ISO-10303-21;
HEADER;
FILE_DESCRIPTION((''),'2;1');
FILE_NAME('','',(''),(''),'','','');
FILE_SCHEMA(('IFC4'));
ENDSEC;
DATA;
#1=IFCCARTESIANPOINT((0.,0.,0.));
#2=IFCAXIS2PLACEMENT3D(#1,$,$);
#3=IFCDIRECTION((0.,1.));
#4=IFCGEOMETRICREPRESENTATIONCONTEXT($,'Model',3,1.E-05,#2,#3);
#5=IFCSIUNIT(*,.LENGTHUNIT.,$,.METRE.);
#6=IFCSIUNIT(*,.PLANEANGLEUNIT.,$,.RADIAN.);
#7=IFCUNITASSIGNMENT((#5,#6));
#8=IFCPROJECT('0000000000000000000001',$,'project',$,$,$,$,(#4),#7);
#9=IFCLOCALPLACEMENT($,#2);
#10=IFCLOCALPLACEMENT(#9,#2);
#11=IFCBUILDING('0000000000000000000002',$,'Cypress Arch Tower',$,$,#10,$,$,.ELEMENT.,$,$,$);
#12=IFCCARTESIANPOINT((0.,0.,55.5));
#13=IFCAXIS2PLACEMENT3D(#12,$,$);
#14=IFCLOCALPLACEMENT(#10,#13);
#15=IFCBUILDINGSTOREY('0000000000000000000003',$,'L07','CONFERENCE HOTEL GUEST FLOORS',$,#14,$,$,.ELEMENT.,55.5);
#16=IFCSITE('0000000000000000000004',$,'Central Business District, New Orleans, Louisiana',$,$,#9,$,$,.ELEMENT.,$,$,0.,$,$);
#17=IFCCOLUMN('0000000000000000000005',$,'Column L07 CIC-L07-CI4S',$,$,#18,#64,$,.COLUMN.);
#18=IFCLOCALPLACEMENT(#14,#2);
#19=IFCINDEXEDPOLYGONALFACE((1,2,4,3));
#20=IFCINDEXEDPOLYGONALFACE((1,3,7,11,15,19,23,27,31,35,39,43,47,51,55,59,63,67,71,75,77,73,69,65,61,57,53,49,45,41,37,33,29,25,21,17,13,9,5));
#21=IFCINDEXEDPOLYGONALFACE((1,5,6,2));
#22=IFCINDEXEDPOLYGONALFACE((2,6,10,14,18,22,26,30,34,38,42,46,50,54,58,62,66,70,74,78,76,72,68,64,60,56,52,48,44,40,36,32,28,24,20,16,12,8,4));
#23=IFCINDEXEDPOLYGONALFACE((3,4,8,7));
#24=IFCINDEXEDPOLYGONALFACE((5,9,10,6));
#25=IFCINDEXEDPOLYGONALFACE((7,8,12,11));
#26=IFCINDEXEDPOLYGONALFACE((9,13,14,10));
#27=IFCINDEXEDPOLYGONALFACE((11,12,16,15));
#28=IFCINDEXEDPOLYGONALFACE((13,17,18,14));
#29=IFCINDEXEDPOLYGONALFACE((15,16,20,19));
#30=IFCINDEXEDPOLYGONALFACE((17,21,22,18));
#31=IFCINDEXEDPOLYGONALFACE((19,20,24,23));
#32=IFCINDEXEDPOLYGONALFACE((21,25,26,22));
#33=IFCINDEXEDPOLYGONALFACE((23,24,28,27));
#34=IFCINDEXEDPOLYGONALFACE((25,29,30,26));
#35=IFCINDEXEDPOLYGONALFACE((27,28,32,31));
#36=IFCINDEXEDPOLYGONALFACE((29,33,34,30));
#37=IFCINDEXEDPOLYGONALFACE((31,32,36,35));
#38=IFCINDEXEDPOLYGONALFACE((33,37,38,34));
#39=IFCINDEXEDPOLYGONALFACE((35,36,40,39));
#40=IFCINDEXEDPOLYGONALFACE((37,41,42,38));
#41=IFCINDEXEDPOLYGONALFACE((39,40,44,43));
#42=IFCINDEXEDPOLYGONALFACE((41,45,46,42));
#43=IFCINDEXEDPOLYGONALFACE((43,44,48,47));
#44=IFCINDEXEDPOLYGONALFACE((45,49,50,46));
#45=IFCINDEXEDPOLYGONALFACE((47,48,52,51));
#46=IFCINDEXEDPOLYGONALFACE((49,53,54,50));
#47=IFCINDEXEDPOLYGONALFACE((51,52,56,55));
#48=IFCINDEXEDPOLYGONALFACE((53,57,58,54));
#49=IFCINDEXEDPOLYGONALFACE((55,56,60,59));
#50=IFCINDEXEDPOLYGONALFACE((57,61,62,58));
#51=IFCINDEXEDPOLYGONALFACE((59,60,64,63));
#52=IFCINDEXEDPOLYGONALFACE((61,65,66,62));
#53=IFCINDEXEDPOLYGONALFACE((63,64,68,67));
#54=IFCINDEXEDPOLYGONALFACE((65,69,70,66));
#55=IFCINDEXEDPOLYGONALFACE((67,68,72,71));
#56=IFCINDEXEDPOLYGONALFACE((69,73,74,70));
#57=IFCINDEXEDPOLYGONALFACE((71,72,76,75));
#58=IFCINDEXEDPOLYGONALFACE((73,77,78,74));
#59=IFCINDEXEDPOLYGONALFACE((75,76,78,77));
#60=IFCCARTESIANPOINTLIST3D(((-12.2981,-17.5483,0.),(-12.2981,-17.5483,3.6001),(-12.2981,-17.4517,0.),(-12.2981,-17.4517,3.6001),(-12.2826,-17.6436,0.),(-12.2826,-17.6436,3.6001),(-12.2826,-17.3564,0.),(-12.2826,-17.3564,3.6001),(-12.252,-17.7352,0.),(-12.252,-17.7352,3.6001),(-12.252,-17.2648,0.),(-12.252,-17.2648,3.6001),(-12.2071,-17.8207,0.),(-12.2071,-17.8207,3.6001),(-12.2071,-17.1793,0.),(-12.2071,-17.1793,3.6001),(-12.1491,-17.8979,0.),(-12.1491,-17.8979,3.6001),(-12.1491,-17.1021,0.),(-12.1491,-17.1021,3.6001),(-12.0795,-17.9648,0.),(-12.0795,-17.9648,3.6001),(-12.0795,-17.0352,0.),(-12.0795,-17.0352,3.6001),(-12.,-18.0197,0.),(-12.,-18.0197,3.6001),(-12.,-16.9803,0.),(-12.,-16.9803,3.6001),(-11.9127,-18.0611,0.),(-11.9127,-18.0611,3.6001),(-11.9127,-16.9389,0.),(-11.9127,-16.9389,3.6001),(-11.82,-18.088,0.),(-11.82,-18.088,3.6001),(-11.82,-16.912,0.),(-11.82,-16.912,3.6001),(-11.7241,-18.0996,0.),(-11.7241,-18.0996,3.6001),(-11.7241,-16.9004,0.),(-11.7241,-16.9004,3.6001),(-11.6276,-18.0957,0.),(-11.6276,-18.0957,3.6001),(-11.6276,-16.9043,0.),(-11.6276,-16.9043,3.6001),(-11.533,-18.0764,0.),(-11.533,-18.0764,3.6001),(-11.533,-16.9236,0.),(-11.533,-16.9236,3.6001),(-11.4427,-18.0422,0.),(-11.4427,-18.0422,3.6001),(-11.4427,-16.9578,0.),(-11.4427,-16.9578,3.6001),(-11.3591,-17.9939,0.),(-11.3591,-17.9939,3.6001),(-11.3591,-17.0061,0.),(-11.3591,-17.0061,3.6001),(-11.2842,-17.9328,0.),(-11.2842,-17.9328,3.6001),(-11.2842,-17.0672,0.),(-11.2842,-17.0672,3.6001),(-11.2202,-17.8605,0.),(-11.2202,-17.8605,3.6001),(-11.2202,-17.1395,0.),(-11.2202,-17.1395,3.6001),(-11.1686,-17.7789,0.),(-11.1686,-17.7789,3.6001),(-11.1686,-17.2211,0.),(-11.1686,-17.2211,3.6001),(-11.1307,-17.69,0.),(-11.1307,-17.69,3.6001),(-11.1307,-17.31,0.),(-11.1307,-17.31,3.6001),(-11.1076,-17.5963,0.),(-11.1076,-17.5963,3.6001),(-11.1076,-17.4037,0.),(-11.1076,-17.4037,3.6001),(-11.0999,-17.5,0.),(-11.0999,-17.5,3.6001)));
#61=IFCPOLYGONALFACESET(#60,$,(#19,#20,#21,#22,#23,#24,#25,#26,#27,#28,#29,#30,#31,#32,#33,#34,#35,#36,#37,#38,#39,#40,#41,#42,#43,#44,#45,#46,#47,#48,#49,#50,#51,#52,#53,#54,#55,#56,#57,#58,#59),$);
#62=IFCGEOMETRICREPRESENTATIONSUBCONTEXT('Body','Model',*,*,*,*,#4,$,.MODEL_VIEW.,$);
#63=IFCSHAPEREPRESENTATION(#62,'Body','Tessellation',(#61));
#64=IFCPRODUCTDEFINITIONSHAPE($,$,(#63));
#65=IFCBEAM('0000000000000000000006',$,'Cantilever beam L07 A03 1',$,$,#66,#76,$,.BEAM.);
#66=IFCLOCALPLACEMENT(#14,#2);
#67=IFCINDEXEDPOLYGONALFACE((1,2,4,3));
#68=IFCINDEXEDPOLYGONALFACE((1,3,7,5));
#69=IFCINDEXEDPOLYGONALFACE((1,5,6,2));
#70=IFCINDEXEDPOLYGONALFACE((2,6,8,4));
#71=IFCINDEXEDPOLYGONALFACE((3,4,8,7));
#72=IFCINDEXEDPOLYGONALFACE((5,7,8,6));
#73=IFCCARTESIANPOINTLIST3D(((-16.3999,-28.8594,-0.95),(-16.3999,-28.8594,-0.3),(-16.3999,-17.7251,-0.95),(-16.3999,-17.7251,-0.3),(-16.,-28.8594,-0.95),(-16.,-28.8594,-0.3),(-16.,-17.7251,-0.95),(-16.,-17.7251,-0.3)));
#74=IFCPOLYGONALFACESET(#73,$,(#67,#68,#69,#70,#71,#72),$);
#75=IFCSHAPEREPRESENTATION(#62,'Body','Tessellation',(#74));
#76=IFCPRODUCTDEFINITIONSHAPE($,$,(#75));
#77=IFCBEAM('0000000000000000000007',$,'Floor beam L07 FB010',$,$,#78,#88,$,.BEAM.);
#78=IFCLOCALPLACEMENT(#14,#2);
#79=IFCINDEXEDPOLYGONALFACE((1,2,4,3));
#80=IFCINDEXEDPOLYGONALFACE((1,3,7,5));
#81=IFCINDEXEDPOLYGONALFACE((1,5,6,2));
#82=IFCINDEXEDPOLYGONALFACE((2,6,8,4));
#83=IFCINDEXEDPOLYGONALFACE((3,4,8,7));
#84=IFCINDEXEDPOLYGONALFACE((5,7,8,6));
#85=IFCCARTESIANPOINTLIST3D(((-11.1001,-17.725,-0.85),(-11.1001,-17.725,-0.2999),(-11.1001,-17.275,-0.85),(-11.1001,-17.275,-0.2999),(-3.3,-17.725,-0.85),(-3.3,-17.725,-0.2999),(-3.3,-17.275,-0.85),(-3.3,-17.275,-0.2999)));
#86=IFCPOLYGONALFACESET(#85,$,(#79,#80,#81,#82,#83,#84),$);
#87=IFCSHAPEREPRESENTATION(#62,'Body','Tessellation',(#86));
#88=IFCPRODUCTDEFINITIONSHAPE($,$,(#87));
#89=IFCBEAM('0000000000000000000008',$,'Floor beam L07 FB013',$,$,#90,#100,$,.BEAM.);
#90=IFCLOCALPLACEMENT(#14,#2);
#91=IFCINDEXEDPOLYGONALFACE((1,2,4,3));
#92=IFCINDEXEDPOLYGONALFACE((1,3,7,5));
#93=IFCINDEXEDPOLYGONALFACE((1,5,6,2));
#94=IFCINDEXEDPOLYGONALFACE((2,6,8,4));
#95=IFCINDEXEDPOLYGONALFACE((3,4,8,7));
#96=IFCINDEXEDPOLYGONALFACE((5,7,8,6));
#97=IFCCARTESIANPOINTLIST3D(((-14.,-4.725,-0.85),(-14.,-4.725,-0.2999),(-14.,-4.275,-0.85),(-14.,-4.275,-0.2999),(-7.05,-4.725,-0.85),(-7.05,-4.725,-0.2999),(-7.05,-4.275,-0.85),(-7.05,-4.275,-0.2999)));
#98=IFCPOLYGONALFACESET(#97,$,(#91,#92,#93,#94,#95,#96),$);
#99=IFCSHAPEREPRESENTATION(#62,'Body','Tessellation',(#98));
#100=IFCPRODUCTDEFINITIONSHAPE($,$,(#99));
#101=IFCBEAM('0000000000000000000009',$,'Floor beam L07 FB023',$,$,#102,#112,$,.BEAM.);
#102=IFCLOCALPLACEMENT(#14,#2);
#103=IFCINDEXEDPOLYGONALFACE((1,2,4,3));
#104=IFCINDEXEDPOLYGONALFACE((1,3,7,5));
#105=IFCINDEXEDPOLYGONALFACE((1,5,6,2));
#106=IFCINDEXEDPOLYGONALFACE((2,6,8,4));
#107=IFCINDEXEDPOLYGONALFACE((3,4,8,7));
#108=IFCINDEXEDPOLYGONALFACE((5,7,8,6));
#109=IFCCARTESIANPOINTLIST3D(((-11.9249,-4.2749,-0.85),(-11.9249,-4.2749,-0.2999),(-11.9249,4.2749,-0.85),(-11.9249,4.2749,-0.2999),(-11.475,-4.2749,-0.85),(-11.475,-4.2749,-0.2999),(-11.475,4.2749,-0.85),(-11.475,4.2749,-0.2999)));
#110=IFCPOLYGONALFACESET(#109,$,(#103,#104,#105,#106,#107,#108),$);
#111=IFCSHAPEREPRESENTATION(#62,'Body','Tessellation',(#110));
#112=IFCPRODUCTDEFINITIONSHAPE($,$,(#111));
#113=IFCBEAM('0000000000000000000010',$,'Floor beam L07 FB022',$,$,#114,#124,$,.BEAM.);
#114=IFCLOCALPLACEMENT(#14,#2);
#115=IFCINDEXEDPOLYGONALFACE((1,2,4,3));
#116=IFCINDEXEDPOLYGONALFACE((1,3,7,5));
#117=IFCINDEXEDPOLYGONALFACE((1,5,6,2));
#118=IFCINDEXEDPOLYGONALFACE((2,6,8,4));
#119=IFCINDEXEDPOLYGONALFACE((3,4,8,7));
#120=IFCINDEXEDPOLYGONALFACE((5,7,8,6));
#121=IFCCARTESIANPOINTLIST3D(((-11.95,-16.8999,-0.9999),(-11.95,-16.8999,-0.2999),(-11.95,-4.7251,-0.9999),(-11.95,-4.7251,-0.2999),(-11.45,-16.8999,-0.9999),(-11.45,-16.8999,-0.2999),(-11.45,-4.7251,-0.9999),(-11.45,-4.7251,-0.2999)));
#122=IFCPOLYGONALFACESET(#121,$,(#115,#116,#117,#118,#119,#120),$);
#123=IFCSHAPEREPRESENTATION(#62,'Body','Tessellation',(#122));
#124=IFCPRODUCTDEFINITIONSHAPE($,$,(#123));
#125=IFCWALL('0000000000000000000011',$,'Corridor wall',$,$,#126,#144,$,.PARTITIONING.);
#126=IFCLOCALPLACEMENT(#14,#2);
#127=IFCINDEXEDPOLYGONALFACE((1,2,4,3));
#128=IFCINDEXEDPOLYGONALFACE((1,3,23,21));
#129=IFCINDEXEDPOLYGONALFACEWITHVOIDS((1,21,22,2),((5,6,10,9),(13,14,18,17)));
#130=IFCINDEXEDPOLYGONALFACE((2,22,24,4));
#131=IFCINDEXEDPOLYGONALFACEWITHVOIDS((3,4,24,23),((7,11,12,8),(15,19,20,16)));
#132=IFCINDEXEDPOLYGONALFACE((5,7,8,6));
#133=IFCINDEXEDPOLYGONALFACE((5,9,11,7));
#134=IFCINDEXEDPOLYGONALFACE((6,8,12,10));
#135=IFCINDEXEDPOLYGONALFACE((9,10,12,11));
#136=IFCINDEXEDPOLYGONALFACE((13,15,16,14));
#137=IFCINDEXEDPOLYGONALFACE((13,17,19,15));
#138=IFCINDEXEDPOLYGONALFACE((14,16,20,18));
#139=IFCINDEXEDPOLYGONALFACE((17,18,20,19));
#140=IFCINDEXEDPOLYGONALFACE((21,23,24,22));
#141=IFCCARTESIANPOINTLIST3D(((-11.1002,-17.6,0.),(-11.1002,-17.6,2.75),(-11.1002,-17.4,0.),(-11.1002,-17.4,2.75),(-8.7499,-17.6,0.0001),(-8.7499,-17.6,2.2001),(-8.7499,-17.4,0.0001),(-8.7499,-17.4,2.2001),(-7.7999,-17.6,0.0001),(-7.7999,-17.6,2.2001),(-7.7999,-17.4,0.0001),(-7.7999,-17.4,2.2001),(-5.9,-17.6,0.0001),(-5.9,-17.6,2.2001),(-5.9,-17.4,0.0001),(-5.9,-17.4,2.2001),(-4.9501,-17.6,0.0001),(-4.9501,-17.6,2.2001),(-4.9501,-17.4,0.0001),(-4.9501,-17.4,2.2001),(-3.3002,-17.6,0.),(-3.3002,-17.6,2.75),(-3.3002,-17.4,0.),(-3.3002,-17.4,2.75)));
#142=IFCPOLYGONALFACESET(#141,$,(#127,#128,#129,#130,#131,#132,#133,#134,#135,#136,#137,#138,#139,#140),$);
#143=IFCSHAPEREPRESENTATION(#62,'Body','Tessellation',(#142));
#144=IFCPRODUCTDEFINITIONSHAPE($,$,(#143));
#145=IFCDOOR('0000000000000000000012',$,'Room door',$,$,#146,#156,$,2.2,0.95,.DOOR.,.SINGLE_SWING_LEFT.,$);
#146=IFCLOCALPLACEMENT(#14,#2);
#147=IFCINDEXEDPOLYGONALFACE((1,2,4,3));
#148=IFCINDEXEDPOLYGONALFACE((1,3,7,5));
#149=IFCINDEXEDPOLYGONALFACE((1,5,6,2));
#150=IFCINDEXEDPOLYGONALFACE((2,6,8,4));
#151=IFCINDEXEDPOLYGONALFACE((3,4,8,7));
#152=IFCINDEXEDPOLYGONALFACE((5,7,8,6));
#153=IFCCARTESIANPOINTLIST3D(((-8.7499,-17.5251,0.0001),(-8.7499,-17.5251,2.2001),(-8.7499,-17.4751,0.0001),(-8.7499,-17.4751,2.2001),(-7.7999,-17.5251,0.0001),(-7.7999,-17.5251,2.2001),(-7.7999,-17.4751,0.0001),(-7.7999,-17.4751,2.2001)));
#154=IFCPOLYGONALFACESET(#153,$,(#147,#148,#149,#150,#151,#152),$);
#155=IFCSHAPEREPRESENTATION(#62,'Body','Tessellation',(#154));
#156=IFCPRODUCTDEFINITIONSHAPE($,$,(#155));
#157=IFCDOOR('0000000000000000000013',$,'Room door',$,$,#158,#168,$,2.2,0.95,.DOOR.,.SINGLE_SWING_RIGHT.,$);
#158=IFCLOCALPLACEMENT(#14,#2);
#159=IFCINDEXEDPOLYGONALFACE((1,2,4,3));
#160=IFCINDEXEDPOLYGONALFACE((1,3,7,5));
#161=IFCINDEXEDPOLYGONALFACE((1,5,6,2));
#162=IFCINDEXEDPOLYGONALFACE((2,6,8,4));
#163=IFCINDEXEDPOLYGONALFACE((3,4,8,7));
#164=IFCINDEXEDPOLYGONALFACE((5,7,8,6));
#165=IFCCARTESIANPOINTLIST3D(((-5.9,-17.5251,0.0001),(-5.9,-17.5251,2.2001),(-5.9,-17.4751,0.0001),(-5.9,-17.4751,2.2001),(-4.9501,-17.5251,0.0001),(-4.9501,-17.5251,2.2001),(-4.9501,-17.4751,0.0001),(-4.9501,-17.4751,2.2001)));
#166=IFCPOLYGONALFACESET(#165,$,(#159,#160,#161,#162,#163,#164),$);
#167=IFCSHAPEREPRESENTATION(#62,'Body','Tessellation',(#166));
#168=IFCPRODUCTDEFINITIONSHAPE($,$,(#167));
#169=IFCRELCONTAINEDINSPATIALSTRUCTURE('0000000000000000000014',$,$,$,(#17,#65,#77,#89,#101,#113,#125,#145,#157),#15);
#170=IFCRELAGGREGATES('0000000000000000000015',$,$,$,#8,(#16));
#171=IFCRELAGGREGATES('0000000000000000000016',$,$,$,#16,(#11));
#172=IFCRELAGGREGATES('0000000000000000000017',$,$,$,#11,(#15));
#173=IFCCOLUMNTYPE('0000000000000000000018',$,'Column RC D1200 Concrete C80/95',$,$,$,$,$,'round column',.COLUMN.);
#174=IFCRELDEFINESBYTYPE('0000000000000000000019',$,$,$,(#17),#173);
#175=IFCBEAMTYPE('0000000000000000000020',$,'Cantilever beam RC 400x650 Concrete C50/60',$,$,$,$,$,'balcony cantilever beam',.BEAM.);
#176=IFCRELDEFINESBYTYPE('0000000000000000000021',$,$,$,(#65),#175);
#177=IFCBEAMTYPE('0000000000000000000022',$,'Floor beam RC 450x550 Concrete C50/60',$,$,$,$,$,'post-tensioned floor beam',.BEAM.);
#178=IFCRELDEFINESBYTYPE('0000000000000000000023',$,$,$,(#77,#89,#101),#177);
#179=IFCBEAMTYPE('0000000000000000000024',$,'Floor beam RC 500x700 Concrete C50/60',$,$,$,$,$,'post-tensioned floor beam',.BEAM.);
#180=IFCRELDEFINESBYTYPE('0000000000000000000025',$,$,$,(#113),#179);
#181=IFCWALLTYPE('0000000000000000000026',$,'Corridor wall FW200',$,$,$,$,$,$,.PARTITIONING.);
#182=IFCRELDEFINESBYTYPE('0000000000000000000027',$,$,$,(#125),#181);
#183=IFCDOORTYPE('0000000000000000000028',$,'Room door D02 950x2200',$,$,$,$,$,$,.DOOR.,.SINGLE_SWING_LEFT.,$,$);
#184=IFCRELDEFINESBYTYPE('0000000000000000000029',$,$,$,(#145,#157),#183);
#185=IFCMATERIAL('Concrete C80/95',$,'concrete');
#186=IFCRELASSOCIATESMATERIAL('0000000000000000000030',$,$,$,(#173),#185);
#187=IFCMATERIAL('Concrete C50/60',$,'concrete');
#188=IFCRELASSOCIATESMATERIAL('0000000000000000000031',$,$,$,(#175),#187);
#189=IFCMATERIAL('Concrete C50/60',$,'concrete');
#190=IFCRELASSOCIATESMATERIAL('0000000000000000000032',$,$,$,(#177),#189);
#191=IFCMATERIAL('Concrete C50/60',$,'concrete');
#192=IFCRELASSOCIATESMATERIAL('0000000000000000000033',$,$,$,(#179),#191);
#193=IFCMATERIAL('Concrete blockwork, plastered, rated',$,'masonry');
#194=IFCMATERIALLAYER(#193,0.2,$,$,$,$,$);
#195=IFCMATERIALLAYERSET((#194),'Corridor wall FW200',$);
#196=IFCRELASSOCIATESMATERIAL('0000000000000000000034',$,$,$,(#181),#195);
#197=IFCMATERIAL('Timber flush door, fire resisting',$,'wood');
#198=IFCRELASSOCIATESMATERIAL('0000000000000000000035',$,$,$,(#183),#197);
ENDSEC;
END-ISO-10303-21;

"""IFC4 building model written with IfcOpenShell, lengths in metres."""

from ifc_helpers import new_model, si_unit, direction, frame, frame_2d, origin, origin_2d, place, context, subcontext, project, spatial, rectangle, circle, extrude, material, layer, layer_set, material_profile, profile_set, type_object, element, fill, save


model = new_model("IFC4")

# Units and contexts
model_context = context("Model", 3, precision=1e-05, world=origin(), true_north=direction((0.0, 1.0)))
body_context = subcontext(model_context, "Body", "Model", "MODEL_VIEW")
ifc_project = project(units=[si_unit("LENGTHUNIT", "METRE"), si_unit("PLANEANGLEUNIT", "RADIAN")], contexts=[model_context])

# Site, building, storey
site_placement = place(None, origin())
site = spatial("IfcSite", under=ifc_project, at=site_placement, Name="Central Business District, New Orleans, Louisiana", CompositionType="ELEMENT", RefElevation=0.0)
building_placement = place(site_placement, origin())
building = spatial("IfcBuilding", under=site, at=building_placement, Name="Cypress Arch Tower", CompositionType="ELEMENT")
storey_placement = place(building_placement, frame((0.0, 0.0, 55.5)))
storey = spatial("IfcBuildingStorey", under=building, at=storey_placement, Name="L07", Description="CONFERENCE HOTEL GUEST FLOORS", CompositionType="ELEMENT", Elevation=55.5)

# Column
ifc_material_1 = material(Name="Concrete C80/95", Category="concrete")
ifc_material_profile_1 = material_profile(ifc_material_1, circle(Radius=0.6001, at=origin_2d()), Name="RC D1200")
ifc_profile_set_1 = profile_set([ifc_material_profile_1], Name="Concrete C80/95")
column_type = type_object("IfcColumnType", Name="Column RC D1200 Concrete C80/95", ElementType="round column", PredefinedType="COLUMN", material=ifc_profile_set_1)
column_placement = place(storey_placement, frame((-11.7, -17.5, 0.0), z_axis=(0.0, 0.0, 1.0), x_axis=(1.0, 0.0, 0.0)))
element("IfcColumn", 1, at=column_placement, inside=storey, type_object=column_type, Name="Column L07 CIC-L07-CI4S", PredefinedType="COLUMN", context=body_context, shape_type="SweptSolid", body=[
    extrude(circle(Radius=0.6001, at=origin_2d()), origin(), (0.0, 0.0, 1.0), 3.6001),
])

# Beams
ifc_material_2 = material(Name="Concrete C50/60", Category="concrete")
ifc_material_profile_2 = material_profile(ifc_material_2, rectangle(XDim=0.3999, YDim=0.6499, at=origin_2d()), Name="RC 400x650")
ifc_profile_set_2 = profile_set([ifc_material_profile_2], Name="Concrete C50/60")
beam_type_1 = type_object("IfcBeamType", Name="Cantilever beam RC 400x650 Concrete C50/60", ElementType="balcony cantilever beam", PredefinedType="BEAM", material=ifc_profile_set_2)
beam_1_placement = place(storey_placement, frame((-16.2, -17.7251, -0.625), z_axis=(0.0, -1.0, 0.0), x_axis=(1.0, 0.0, 0.0)))
element("IfcBeam", 2, at=beam_1_placement, inside=storey, type_object=beam_type_1, Name="Cantilever beam L07 A03 1", PredefinedType="BEAM", context=body_context, shape_type="SweptSolid", body=[
    extrude(rectangle(XDim=0.3999, YDim=0.6499, at=origin_2d()), origin(), (0.0, 0.0, 1.0), 11.1343),
])
ifc_material_3 = material(Name="Concrete C50/60", Category="concrete")
ifc_material_profile_3 = material_profile(ifc_material_3, rectangle(XDim=0.45, YDim=0.55, at=origin_2d()), Name="RC 450x550")
ifc_profile_set_3 = profile_set([ifc_material_profile_3], Name="Concrete C50/60")
beam_type_2 = type_object("IfcBeamType", Name="Floor beam RC 450x550 Concrete C50/60", ElementType="post-tensioned floor beam", PredefinedType="BEAM", material=ifc_profile_set_3)
beam_2_placement = place(storey_placement, frame((-11.1001, -17.5, -0.575), z_axis=(1.0, 0.0, 0.0), x_axis=(0.0, 1.0, 0.0)))
element("IfcBeam", 3, at=beam_2_placement, inside=storey, type_object=beam_type_2, Name="Floor beam L07 FB010", PredefinedType="BEAM", context=body_context, shape_type="SweptSolid", body=[
    extrude(rectangle(XDim=0.45, YDim=0.55, at=origin_2d()), origin(), (0.0, 0.0, 1.0), 7.8),
])
beam_3_placement = place(storey_placement, frame((-14.0, -4.5, -0.575), z_axis=(1.0, 0.0, 0.0), x_axis=(0.0, 1.0, 0.0)))
element("IfcBeam", 4, at=beam_3_placement, inside=storey, type_object=beam_type_2, Name="Floor beam L07 FB013", PredefinedType="BEAM", context=body_context, shape_type="SweptSolid", body=[
    extrude(rectangle(XDim=0.45, YDim=0.55, at=origin_2d()), origin(), (0.0, 0.0, 1.0), 6.95),
])
beam_4_placement = place(storey_placement, frame((-11.7, -4.2749, -0.575), z_axis=(0.0, 1.0, 0.0), x_axis=(-1.0, 0.0, 0.0)))
element("IfcBeam", 5, at=beam_4_placement, inside=storey, type_object=beam_type_2, Name="Floor beam L07 FB023", PredefinedType="BEAM", context=body_context, shape_type="SweptSolid", body=[
    extrude(rectangle(XDim=0.45, YDim=0.55, at=origin_2d()), origin(), (0.0, 0.0, 1.0), 8.5498),
])
ifc_material_4 = material(Name="Concrete C50/60", Category="concrete")
ifc_material_profile_4 = material_profile(ifc_material_4, rectangle(XDim=0.5, YDim=0.7, at=origin_2d()), Name="RC 500x700")
ifc_profile_set_4 = profile_set([ifc_material_profile_4], Name="Concrete C50/60")
beam_type_3 = type_object("IfcBeamType", Name="Floor beam RC 500x700 Concrete C50/60", ElementType="post-tensioned floor beam", PredefinedType="BEAM", material=ifc_profile_set_4)
beam_5_placement = place(storey_placement, frame((-11.7, -16.8999, -0.6499), z_axis=(0.0, 1.0, 0.0), x_axis=(-1.0, 0.0, 0.0)))
element("IfcBeam", 6, at=beam_5_placement, inside=storey, type_object=beam_type_3, Name="Floor beam L07 FB022", PredefinedType="BEAM", context=body_context, shape_type="SweptSolid", body=[
    extrude(rectangle(XDim=0.5, YDim=0.7, at=origin_2d()), origin(), (0.0, 0.0, 1.0), 12.1748),
])

# Wall, openings, doors
ifc_material_5 = material(Name="Concrete blockwork, plastered, rated", Category="masonry")
ifc_layer_1 = layer(ifc_material_5, 0.2)
ifc_layer_set_1 = layer_set([ifc_layer_1], Name="Corridor wall FW200")
wall_type_1 = type_object("IfcWallType", Name="Corridor wall FW200", PredefinedType="PARTITIONING", material=ifc_layer_set_1)
wall_1_placement = place(storey_placement, frame((-11.1001, -17.5, 0.0), z_axis=(0.0, 0.0, 1.0), x_axis=(1.0, 0.0, 0.0)))
wall_1 = element("IfcWall", 7, at=wall_1_placement, inside=storey, type_object=wall_type_1, Name="Corridor wall", PredefinedType="PARTITIONING", context=body_context, shape_type="SweptSolid", body=[
    extrude(rectangle(XDim=7.8, YDim=0.2, at=frame_2d((3.8999, 0.0))), origin(), (0.0, 0.0, 1.0), 2.75),
])
opening_1_placement = place(wall_1_placement, frame((2.3501, 0.0, 0.0)))
opening_1 = element("IfcOpeningElement", 8, at=opening_1_placement, cuts=wall_1, PredefinedType="OPENING", context=body_context, shape_type="SweptSolid", body=[
    extrude(rectangle(XDim=0.95, YDim=2.2, at=frame_2d((0.4751, 1.1001))), frame((0.0, 0.1099, 0.0), z_axis=(0.0, -1.0, 0.0), x_axis=(1.0, 0.0, 0.0)), (0.0, 0.0, 1.0), 0.22),
])
opening_2_placement = place(wall_1_placement, frame((5.2, 0.0, 0.0)))
opening_2 = element("IfcOpeningElement", 9, at=opening_2_placement, cuts=wall_1, PredefinedType="OPENING", context=body_context, shape_type="SweptSolid", body=[
    extrude(rectangle(XDim=0.95, YDim=2.2, at=frame_2d((0.4751, 1.1001))), frame((0.0, 0.1099, 0.0), z_axis=(0.0, -1.0, 0.0), x_axis=(1.0, 0.0, 0.0)), (0.0, 0.0, 1.0), 0.22),
])
ifc_material_6 = material(Name="Timber flush door, fire resisting", Category="wood")
door_type_1 = type_object("IfcDoorType", Name="Room door D02 950x2200", OperationType="SINGLE_SWING_LEFT", PredefinedType="DOOR", material=ifc_material_6)
door_1_placement = place(opening_1_placement, origin())
door_1 = element("IfcDoor", 10, at=door_1_placement, inside=storey, type_object=door_type_1, Name="Room door", OperationType="SINGLE_SWING_LEFT", OverallHeight=2.2, OverallWidth=0.95, PredefinedType="DOOR", context=body_context, shape_type="SweptSolid", body=[
    extrude(rectangle(XDim=0.95, YDim=2.2, at=frame_2d((0.4751, 1.1001))), frame((0.0, 0.0249, 0.0), z_axis=(0.0, -1.0, 0.0), x_axis=(1.0, 0.0, 0.0)), (0.0, 0.0, 1.0), 0.05),
])
fill(opening_1, door_1)
door_2_placement = place(opening_2_placement, origin())
door_2 = element("IfcDoor", 11, at=door_2_placement, inside=storey, type_object=door_type_1, Name="Room door", OperationType="SINGLE_SWING_RIGHT", OverallHeight=2.2, OverallWidth=0.95, PredefinedType="DOOR", context=body_context, shape_type="SweptSolid", body=[
    extrude(rectangle(XDim=0.95, YDim=2.2, at=frame_2d((0.4751, 1.1001))), frame((0.0, 0.0249, 0.0), z_axis=(0.0, -1.0, 0.0), x_axis=(1.0, 0.0, 0.0)), (0.0, 0.0, 1.0), 0.05),
])
fill(opening_2, door_2)

save(model, "model.ifc")
